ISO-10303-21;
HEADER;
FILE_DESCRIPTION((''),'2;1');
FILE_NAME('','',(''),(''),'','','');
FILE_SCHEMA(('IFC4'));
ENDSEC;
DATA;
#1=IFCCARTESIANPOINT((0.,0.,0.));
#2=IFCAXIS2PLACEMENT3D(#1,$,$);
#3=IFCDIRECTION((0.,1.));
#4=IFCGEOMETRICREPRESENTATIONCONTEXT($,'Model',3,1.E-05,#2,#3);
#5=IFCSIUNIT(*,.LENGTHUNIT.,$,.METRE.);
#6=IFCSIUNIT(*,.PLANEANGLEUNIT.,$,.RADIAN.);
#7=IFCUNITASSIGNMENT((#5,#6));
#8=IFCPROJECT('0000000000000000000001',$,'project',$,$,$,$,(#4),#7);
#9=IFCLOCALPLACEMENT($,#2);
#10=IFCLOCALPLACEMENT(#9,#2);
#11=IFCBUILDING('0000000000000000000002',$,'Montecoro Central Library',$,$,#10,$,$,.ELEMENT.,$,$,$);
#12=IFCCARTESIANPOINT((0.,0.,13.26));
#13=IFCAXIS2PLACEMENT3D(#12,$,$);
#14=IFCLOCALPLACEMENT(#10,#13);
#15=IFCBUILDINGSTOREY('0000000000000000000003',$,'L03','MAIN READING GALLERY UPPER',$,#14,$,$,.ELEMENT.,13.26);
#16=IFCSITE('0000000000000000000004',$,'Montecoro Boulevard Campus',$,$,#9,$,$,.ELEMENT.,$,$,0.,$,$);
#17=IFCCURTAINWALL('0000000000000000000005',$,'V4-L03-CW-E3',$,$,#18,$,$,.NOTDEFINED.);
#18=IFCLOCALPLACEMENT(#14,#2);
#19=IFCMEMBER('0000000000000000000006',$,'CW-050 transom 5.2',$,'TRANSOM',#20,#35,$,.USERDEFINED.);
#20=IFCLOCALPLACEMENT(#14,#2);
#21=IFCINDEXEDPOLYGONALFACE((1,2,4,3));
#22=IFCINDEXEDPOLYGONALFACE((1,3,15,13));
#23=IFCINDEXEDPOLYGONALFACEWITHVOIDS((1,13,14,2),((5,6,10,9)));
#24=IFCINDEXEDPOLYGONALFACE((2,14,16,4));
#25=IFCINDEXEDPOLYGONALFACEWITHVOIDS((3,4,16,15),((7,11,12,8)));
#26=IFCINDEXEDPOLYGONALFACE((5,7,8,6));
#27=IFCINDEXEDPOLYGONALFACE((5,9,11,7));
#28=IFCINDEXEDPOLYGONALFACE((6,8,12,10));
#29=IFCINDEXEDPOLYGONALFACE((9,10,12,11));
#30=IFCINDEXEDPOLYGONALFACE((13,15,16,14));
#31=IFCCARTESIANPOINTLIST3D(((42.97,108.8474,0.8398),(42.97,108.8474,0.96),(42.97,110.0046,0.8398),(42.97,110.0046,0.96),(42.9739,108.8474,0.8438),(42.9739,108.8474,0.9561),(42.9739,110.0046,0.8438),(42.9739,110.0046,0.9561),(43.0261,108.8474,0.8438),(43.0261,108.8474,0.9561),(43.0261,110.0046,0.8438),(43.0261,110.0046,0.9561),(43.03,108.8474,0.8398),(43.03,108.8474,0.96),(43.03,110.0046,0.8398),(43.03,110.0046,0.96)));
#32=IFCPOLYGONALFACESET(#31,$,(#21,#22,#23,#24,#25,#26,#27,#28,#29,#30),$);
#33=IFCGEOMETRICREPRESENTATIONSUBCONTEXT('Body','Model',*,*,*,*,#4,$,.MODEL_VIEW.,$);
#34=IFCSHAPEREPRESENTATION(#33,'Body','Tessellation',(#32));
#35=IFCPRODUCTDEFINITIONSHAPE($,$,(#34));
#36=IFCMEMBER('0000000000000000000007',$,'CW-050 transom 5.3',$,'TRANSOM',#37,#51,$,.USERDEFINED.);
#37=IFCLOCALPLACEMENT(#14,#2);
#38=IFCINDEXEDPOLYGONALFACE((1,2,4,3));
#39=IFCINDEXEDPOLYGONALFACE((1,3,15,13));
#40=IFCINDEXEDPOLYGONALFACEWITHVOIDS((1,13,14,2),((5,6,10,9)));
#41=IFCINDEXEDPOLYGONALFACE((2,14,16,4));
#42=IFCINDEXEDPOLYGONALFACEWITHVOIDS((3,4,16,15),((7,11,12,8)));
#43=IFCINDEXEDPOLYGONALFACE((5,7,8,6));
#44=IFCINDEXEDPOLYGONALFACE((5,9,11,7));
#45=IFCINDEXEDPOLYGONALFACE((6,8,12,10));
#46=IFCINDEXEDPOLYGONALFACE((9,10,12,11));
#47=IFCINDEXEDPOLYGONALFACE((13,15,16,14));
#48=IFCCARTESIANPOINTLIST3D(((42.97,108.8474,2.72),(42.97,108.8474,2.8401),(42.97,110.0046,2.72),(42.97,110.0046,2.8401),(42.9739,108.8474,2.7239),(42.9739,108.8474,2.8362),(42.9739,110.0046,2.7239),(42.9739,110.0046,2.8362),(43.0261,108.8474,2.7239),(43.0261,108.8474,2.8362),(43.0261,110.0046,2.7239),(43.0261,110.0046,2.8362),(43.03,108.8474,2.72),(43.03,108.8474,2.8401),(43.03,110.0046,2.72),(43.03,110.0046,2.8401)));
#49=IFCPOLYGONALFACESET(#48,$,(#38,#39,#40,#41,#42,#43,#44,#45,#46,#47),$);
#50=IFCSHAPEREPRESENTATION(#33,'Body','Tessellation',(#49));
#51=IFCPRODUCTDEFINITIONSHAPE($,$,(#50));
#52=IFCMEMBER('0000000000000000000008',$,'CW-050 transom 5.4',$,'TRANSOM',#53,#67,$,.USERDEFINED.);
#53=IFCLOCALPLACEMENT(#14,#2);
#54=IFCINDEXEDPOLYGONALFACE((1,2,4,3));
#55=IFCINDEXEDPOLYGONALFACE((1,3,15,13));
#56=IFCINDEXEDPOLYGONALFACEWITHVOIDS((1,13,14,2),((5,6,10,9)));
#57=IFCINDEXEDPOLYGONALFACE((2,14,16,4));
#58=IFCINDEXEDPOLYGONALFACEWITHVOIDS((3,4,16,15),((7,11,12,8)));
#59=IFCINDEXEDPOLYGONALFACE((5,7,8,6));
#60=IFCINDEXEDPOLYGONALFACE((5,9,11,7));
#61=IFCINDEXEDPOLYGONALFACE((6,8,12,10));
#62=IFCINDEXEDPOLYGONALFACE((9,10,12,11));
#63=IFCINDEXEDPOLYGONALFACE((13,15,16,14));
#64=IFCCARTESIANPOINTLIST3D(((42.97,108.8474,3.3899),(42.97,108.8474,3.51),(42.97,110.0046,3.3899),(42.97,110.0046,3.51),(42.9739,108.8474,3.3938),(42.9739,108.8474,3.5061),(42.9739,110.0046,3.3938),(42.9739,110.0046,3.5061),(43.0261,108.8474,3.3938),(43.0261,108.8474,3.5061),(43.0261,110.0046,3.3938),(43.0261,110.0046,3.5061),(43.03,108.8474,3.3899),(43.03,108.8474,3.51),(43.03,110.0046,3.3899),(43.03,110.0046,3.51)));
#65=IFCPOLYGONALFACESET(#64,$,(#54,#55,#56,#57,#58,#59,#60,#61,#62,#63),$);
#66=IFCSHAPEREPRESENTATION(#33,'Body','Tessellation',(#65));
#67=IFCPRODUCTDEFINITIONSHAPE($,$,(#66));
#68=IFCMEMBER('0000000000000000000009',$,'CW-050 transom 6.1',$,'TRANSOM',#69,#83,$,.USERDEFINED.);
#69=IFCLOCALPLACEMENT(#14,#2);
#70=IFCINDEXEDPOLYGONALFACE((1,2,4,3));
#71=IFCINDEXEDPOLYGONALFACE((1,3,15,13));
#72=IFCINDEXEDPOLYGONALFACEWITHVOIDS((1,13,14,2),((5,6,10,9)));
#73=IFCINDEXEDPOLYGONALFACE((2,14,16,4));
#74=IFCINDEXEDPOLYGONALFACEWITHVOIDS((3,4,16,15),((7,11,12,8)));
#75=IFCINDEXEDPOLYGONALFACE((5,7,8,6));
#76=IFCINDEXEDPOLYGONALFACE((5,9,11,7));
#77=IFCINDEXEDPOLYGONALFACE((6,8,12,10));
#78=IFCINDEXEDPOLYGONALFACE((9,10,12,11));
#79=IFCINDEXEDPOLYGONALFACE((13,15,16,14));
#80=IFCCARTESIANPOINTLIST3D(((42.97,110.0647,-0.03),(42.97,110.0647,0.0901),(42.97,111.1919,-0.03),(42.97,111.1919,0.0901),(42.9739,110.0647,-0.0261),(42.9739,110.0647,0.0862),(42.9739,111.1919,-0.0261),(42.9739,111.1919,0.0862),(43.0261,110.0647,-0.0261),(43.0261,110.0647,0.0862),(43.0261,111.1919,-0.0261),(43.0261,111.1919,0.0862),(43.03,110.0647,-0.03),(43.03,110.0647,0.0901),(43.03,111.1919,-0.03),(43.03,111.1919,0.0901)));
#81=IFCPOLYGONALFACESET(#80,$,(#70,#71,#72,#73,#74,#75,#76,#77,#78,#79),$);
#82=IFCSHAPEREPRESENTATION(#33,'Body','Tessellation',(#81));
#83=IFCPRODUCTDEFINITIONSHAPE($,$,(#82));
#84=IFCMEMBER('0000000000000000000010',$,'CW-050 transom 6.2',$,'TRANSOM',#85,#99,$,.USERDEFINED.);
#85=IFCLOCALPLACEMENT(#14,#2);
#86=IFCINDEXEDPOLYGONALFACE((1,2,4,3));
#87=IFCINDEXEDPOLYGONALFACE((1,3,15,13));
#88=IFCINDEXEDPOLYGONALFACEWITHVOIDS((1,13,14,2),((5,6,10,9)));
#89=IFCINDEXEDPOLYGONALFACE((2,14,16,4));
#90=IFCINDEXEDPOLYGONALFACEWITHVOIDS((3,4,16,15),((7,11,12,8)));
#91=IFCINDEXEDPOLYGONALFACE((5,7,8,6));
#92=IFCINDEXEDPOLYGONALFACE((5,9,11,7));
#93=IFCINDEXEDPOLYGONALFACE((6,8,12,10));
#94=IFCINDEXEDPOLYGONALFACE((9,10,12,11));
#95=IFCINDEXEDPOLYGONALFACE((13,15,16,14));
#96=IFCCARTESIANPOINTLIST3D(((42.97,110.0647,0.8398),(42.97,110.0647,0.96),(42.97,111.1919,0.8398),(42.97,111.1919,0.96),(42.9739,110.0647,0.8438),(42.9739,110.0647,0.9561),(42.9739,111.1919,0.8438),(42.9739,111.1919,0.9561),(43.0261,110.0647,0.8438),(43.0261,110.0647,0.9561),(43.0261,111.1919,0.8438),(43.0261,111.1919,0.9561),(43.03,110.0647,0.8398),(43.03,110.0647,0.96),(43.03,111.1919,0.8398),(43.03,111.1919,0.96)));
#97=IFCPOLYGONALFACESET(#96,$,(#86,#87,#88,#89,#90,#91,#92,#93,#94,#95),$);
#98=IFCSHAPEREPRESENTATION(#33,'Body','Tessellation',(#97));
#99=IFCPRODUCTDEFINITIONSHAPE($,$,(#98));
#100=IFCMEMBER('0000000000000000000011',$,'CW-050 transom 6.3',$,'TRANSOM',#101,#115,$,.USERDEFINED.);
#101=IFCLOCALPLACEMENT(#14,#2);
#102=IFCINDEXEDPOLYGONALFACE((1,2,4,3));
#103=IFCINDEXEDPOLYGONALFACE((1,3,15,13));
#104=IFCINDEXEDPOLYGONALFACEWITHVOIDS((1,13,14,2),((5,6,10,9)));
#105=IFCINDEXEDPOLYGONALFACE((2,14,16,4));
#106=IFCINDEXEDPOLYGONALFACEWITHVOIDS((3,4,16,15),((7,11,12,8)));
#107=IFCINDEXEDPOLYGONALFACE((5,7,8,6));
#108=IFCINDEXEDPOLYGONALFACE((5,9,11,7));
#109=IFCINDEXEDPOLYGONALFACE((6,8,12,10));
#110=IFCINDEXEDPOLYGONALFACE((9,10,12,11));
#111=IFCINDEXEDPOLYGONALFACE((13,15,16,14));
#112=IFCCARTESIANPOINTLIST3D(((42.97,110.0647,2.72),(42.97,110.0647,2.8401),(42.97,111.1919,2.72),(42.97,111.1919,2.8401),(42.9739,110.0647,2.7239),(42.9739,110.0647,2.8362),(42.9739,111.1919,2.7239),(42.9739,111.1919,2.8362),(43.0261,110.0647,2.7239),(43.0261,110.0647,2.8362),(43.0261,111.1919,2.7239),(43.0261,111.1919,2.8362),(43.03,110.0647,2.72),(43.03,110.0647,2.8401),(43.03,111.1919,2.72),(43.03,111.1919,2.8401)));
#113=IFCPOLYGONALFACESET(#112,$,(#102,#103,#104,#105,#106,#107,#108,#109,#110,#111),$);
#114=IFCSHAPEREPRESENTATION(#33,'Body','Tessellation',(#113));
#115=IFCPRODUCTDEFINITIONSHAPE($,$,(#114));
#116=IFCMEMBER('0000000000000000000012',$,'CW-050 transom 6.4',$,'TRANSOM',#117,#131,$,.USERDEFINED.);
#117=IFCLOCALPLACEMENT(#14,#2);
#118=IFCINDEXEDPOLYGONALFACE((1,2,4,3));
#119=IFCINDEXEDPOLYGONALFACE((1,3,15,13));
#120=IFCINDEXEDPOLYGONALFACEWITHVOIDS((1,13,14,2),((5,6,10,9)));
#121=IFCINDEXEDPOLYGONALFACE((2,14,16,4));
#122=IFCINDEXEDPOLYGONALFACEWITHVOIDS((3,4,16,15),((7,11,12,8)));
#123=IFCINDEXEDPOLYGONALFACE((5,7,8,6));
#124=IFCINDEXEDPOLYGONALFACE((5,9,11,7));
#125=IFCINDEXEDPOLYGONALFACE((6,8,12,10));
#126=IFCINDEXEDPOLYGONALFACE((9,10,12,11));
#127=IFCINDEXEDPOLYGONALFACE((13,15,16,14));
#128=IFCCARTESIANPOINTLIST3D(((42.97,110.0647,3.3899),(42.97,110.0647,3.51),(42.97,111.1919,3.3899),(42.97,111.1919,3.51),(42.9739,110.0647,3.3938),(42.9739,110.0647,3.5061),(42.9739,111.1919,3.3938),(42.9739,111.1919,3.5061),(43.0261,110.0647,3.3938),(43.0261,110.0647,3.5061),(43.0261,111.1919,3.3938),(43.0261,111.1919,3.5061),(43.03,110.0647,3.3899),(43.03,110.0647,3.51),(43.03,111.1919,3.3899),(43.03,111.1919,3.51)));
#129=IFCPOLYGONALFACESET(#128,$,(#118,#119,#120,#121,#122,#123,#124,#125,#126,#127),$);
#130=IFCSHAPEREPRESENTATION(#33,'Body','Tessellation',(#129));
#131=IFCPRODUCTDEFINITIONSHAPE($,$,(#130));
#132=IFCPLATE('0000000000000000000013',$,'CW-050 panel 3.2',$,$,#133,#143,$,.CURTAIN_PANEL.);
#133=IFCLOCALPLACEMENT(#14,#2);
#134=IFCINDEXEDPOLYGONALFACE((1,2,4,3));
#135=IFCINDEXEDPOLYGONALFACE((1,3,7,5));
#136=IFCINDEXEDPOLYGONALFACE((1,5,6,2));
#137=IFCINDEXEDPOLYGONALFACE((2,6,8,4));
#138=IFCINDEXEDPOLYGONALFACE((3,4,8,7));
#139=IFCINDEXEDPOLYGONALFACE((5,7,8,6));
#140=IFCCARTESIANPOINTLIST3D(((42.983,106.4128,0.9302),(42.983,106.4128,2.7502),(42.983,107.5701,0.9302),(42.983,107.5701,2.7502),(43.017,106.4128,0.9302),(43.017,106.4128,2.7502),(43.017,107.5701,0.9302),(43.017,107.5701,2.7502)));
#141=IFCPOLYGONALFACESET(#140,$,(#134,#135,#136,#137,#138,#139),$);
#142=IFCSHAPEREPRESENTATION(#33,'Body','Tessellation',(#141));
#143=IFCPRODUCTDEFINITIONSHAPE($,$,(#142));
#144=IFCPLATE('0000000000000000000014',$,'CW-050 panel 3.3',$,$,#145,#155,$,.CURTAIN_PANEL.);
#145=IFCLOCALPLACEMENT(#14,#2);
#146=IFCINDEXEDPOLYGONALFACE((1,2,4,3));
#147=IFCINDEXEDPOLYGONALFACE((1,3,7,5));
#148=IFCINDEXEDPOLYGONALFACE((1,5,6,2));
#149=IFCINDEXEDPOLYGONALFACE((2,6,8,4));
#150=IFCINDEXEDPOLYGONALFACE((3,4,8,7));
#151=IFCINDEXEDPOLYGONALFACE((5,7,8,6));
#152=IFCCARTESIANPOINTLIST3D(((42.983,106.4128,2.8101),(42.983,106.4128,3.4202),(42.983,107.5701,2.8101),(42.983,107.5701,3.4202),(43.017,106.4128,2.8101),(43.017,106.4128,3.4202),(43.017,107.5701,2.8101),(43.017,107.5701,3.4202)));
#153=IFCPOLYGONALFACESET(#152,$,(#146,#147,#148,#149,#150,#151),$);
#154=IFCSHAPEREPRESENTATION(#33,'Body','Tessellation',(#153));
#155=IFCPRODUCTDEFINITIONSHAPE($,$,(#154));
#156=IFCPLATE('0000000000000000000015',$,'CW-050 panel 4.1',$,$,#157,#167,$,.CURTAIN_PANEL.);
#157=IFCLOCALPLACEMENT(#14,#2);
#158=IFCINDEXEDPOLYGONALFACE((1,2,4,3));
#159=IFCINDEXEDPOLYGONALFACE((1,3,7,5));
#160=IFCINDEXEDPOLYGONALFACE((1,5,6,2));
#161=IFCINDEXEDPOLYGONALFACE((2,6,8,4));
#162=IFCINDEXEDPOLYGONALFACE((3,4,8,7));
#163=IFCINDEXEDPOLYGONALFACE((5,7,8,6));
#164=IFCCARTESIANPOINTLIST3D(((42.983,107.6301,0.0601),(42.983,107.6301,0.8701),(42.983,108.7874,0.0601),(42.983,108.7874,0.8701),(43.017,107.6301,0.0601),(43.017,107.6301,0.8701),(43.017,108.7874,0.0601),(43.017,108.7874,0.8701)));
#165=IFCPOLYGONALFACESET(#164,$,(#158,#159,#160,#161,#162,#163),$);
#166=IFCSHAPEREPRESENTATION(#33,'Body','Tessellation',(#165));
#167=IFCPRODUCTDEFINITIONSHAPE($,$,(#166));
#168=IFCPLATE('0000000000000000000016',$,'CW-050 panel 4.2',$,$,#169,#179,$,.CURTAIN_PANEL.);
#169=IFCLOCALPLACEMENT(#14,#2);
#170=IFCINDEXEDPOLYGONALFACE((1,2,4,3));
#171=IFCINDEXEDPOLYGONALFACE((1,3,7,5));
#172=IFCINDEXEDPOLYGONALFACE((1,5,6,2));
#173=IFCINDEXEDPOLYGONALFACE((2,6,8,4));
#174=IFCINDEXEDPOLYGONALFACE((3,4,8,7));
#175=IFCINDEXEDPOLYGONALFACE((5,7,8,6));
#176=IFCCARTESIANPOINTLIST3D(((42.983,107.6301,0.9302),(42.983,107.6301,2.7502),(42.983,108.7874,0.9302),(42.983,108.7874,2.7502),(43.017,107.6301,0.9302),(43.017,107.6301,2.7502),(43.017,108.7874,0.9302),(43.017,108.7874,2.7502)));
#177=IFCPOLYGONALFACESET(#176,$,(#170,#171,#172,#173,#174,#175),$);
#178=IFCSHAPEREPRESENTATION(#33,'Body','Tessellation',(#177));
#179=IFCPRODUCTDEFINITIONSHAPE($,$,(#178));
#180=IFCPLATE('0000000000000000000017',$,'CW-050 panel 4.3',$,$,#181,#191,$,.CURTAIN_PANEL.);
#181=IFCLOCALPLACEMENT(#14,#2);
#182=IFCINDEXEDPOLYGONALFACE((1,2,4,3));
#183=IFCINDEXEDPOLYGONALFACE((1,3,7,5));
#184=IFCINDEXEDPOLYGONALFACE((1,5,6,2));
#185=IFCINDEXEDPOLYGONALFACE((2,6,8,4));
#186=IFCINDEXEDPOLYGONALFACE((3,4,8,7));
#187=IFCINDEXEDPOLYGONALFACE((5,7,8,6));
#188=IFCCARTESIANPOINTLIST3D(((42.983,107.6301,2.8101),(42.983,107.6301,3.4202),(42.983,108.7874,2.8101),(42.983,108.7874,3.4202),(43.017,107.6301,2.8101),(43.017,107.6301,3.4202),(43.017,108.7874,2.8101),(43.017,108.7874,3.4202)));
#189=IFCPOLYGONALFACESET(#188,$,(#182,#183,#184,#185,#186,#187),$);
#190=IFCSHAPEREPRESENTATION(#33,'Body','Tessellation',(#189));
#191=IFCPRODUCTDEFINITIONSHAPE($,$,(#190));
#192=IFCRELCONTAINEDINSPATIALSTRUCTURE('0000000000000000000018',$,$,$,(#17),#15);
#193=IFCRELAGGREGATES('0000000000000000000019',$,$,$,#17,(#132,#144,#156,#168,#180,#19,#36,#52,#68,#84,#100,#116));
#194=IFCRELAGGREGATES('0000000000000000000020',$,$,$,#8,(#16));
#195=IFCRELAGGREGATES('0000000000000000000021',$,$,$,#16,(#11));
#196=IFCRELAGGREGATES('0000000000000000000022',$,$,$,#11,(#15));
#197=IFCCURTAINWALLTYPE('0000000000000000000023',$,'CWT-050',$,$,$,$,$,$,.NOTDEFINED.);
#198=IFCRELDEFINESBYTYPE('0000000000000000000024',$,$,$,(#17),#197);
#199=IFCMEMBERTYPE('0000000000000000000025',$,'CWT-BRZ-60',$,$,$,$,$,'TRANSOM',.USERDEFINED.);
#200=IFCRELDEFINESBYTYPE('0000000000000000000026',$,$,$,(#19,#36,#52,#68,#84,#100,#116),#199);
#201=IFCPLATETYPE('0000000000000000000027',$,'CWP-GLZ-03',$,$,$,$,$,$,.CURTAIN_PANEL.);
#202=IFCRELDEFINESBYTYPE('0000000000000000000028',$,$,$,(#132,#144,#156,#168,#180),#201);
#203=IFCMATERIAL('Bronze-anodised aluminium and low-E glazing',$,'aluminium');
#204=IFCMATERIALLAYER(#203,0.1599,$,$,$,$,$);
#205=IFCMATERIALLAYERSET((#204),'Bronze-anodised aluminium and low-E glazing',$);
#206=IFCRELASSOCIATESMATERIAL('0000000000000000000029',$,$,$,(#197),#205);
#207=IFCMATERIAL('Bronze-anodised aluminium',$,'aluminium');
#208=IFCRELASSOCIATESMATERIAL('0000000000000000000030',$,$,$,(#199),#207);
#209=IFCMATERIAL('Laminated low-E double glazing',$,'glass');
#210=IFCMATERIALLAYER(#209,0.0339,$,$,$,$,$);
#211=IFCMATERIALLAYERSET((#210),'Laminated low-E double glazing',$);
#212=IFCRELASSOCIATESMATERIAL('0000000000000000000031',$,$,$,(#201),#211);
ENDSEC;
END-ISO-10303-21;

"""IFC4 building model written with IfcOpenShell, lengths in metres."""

from ifc_helpers import new_model, si_unit, direction, frame, origin, origin_2d, place, context, subcontext, project, spatial, rectangle, hollow_rectangle, extrude, material, layer, layer_set, material_profile, profile_set, type_object, element, aggregate, save


model = new_model("IFC4")

# Units and contexts
model_context = context("Model", 3, precision=1e-05, world=origin(), true_north=direction((0.0, 1.0)))
body_context = subcontext(model_context, "Body", "Model", "MODEL_VIEW")
ifc_project = project(units=[si_unit("LENGTHUNIT", "METRE"), si_unit("PLANEANGLEUNIT", "RADIAN")], contexts=[model_context])

# Site, building, storey
site_placement = place(None, origin())
site = spatial("IfcSite", under=ifc_project, at=site_placement, Name="Montecoro Boulevard Campus", CompositionType="ELEMENT", RefElevation=0.0)
building_placement = place(site_placement, origin())
building = spatial("IfcBuilding", under=site, at=building_placement, Name="Montecoro Central Library", CompositionType="ELEMENT")
storey_placement = place(building_placement, frame((0.0, 0.0, 13.26)))
storey = spatial("IfcBuildingStorey", under=building, at=storey_placement, Name="L03", Description="MAIN READING GALLERY UPPER", CompositionType="ELEMENT", Elevation=13.26)

# Curtain wall, members, plates
ifc_material_1 = material(Name="Bronze-anodised aluminium and low-E glazing", Category="aluminium")
ifc_layer_1 = layer(ifc_material_1, 0.1599)
ifc_layer_set_1 = layer_set([ifc_layer_1], Name="Bronze-anodised aluminium and low-E glazing")
curtain_wall_type = type_object("IfcCurtainWallType", Name="CWT-050", PredefinedType="NOTDEFINED", material=ifc_layer_set_1)
curtain_wall_placement = place(storey_placement, origin())
curtain_wall = element("IfcCurtainWall", 1, at=curtain_wall_placement, inside=storey, type_object=curtain_wall_type, Name="V4-L03-CW-E3", PredefinedType="NOTDEFINED")
ifc_material_2 = material(Name="Bronze-anodised aluminium", Category="aluminium")
ifc_material_profile_1 = material_profile(ifc_material_2, hollow_rectangle(XDim=0.0601, YDim=0.1201, WallThickness=0.0039, at=origin_2d()), Name="CWT 120x60x4.0")
ifc_profile_set_1 = profile_set([ifc_material_profile_1], Name="Bronze-anodised aluminium")
member_type_1 = type_object("IfcMemberType", Name="CWT-BRZ-60", ElementType="TRANSOM", PredefinedType="USERDEFINED", material=ifc_profile_set_1)
member_1_placement = place(storey_placement, frame((43.0, 108.8474, 0.8999), z_axis=(0.0, 1.0, 0.0), x_axis=(-1.0, 0.0, 0.0)))
member_1 = element("IfcMember", 2, at=member_1_placement, type_object=member_type_1, Name="CW-050 transom 5.2", ObjectType="TRANSOM", PredefinedType="USERDEFINED", context=body_context, shape_type="SweptSolid", body=[
    extrude(hollow_rectangle(XDim=0.0601, YDim=0.1201, WallThickness=0.0039, at=origin_2d()), origin(), (0.0, 0.0, 1.0), 1.1572),
])
member_2_placement = place(storey_placement, frame((43.0, 108.8474, 2.78), z_axis=(0.0, 1.0, 0.0), x_axis=(-1.0, 0.0, 0.0)))
member_2 = element("IfcMember", 3, at=member_2_placement, type_object=member_type_1, Name="CW-050 transom 5.3", ObjectType="TRANSOM", PredefinedType="USERDEFINED", context=body_context, shape_type="SweptSolid", body=[
    extrude(hollow_rectangle(XDim=0.0601, YDim=0.1201, WallThickness=0.0039, at=origin_2d()), origin(), (0.0, 0.0, 1.0), 1.1572),
])
member_3_placement = place(storey_placement, frame((43.0, 108.8474, 3.45), z_axis=(0.0, 1.0, 0.0), x_axis=(-1.0, 0.0, 0.0)))
member_3 = element("IfcMember", 4, at=member_3_placement, type_object=member_type_1, Name="CW-050 transom 5.4", ObjectType="TRANSOM", PredefinedType="USERDEFINED", context=body_context, shape_type="SweptSolid", body=[
    extrude(hollow_rectangle(XDim=0.0601, YDim=0.1201, WallThickness=0.0039, at=origin_2d()), origin(), (0.0, 0.0, 1.0), 1.1572),
])
member_4_placement = place(storey_placement, frame((43.0, 110.0647, 0.03), z_axis=(0.0, 1.0, 0.0), x_axis=(-1.0, 0.0, 0.0)))
member_4 = element("IfcMember", 5, at=member_4_placement, type_object=member_type_1, Name="CW-050 transom 6.1", ObjectType="TRANSOM", PredefinedType="USERDEFINED", context=body_context, shape_type="SweptSolid", body=[
    extrude(hollow_rectangle(XDim=0.0601, YDim=0.1201, WallThickness=0.0039, at=origin_2d()), origin(), (0.0, 0.0, 1.0), 1.1272),
])
member_5_placement = place(storey_placement, frame((43.0, 110.0647, 0.8999), z_axis=(0.0, 1.0, 0.0), x_axis=(-1.0, 0.0, 0.0)))
member_5 = element("IfcMember", 6, at=member_5_placement, type_object=member_type_1, Name="CW-050 transom 6.2", ObjectType="TRANSOM", PredefinedType="USERDEFINED", context=body_context, shape_type="SweptSolid", body=[
    extrude(hollow_rectangle(XDim=0.0601, YDim=0.1201, WallThickness=0.0039, at=origin_2d()), origin(), (0.0, 0.0, 1.0), 1.1272),
])
member_6_placement = place(storey_placement, frame((43.0, 110.0647, 2.78), z_axis=(0.0, 1.0, 0.0), x_axis=(-1.0, 0.0, 0.0)))
member_6 = element("IfcMember", 7, at=member_6_placement, type_object=member_type_1, Name="CW-050 transom 6.3", ObjectType="TRANSOM", PredefinedType="USERDEFINED", context=body_context, shape_type="SweptSolid", body=[
    extrude(hollow_rectangle(XDim=0.0601, YDim=0.1201, WallThickness=0.0039, at=origin_2d()), origin(), (0.0, 0.0, 1.0), 1.1272),
])
member_7_placement = place(storey_placement, frame((43.0, 110.0647, 3.45), z_axis=(0.0, 1.0, 0.0), x_axis=(-1.0, 0.0, 0.0)))
member_7 = element("IfcMember", 8, at=member_7_placement, type_object=member_type_1, Name="CW-050 transom 6.4", ObjectType="TRANSOM", PredefinedType="USERDEFINED", context=body_context, shape_type="SweptSolid", body=[
    extrude(hollow_rectangle(XDim=0.0601, YDim=0.1201, WallThickness=0.0039, at=origin_2d()), origin(), (0.0, 0.0, 1.0), 1.1272),
])
ifc_material_3 = material(Name="Laminated low-E double glazing", Category="glass")
ifc_layer_2 = layer(ifc_material_3, 0.0339)
ifc_layer_set_2 = layer_set([ifc_layer_2], Name="Laminated low-E double glazing")
plate_type_1 = type_object("IfcPlateType", Name="CWP-GLZ-03", PredefinedType="CURTAIN_PANEL", material=ifc_layer_set_2)
plate_1_placement = place(storey_placement, frame((43.0, 106.9915, 0.9302), z_axis=(0.0, 0.0, 1.0), x_axis=(0.0, 1.0, 0.0)))
plate_1 = element("IfcPlate", 9, at=plate_1_placement, type_object=plate_type_1, Name="CW-050 panel 3.2", PredefinedType="CURTAIN_PANEL", context=body_context, shape_type="SweptSolid", body=[
    extrude(rectangle(XDim=1.1572, YDim=0.0339, at=origin_2d()), origin(), (0.0, 0.0, 1.0), 1.8201),
])
plate_2_placement = place(storey_placement, frame((43.0, 106.9915, 2.8101), z_axis=(0.0, 0.0, 1.0), x_axis=(0.0, 1.0, 0.0)))
plate_2 = element("IfcPlate", 10, at=plate_2_placement, type_object=plate_type_1, Name="CW-050 panel 3.3", PredefinedType="CURTAIN_PANEL", context=body_context, shape_type="SweptSolid", body=[
    extrude(rectangle(XDim=1.1572, YDim=0.0339, at=origin_2d()), origin(), (0.0, 0.0, 1.0), 0.6101),
])
plate_3_placement = place(storey_placement, frame((43.0, 108.2087, 0.0601), z_axis=(0.0, 0.0, 1.0), x_axis=(0.0, 1.0, 0.0)))
plate_3 = element("IfcPlate", 11, at=plate_3_placement, type_object=plate_type_1, Name="CW-050 panel 4.1", PredefinedType="CURTAIN_PANEL", context=body_context, shape_type="SweptSolid", body=[
    extrude(rectangle(XDim=1.1572, YDim=0.0339, at=origin_2d()), origin(), (0.0, 0.0, 1.0), 0.8101),
])
plate_4_placement = place(storey_placement, frame((43.0, 108.2087, 0.9302), z_axis=(0.0, 0.0, 1.0), x_axis=(0.0, 1.0, 0.0)))
plate_4 = element("IfcPlate", 12, at=plate_4_placement, type_object=plate_type_1, Name="CW-050 panel 4.2", PredefinedType="CURTAIN_PANEL", context=body_context, shape_type="SweptSolid", body=[
    extrude(rectangle(XDim=1.1572, YDim=0.0339, at=origin_2d()), origin(), (0.0, 0.0, 1.0), 1.8201),
])
plate_5_placement = place(storey_placement, frame((43.0, 108.2087, 2.8101), z_axis=(0.0, 0.0, 1.0), x_axis=(0.0, 1.0, 0.0)))
plate_5 = element("IfcPlate", 13, at=plate_5_placement, type_object=plate_type_1, Name="CW-050 panel 4.3", PredefinedType="CURTAIN_PANEL", context=body_context, shape_type="SweptSolid", body=[
    extrude(rectangle(XDim=1.1572, YDim=0.0339, at=origin_2d()), origin(), (0.0, 0.0, 1.0), 0.6101),
])
aggregate(curtain_wall, [plate_1, plate_2, plate_3, plate_4, plate_5, member_1, member_2, member_3, member_4, member_5, member_6, member_7])

save(model, "model.ifc")
